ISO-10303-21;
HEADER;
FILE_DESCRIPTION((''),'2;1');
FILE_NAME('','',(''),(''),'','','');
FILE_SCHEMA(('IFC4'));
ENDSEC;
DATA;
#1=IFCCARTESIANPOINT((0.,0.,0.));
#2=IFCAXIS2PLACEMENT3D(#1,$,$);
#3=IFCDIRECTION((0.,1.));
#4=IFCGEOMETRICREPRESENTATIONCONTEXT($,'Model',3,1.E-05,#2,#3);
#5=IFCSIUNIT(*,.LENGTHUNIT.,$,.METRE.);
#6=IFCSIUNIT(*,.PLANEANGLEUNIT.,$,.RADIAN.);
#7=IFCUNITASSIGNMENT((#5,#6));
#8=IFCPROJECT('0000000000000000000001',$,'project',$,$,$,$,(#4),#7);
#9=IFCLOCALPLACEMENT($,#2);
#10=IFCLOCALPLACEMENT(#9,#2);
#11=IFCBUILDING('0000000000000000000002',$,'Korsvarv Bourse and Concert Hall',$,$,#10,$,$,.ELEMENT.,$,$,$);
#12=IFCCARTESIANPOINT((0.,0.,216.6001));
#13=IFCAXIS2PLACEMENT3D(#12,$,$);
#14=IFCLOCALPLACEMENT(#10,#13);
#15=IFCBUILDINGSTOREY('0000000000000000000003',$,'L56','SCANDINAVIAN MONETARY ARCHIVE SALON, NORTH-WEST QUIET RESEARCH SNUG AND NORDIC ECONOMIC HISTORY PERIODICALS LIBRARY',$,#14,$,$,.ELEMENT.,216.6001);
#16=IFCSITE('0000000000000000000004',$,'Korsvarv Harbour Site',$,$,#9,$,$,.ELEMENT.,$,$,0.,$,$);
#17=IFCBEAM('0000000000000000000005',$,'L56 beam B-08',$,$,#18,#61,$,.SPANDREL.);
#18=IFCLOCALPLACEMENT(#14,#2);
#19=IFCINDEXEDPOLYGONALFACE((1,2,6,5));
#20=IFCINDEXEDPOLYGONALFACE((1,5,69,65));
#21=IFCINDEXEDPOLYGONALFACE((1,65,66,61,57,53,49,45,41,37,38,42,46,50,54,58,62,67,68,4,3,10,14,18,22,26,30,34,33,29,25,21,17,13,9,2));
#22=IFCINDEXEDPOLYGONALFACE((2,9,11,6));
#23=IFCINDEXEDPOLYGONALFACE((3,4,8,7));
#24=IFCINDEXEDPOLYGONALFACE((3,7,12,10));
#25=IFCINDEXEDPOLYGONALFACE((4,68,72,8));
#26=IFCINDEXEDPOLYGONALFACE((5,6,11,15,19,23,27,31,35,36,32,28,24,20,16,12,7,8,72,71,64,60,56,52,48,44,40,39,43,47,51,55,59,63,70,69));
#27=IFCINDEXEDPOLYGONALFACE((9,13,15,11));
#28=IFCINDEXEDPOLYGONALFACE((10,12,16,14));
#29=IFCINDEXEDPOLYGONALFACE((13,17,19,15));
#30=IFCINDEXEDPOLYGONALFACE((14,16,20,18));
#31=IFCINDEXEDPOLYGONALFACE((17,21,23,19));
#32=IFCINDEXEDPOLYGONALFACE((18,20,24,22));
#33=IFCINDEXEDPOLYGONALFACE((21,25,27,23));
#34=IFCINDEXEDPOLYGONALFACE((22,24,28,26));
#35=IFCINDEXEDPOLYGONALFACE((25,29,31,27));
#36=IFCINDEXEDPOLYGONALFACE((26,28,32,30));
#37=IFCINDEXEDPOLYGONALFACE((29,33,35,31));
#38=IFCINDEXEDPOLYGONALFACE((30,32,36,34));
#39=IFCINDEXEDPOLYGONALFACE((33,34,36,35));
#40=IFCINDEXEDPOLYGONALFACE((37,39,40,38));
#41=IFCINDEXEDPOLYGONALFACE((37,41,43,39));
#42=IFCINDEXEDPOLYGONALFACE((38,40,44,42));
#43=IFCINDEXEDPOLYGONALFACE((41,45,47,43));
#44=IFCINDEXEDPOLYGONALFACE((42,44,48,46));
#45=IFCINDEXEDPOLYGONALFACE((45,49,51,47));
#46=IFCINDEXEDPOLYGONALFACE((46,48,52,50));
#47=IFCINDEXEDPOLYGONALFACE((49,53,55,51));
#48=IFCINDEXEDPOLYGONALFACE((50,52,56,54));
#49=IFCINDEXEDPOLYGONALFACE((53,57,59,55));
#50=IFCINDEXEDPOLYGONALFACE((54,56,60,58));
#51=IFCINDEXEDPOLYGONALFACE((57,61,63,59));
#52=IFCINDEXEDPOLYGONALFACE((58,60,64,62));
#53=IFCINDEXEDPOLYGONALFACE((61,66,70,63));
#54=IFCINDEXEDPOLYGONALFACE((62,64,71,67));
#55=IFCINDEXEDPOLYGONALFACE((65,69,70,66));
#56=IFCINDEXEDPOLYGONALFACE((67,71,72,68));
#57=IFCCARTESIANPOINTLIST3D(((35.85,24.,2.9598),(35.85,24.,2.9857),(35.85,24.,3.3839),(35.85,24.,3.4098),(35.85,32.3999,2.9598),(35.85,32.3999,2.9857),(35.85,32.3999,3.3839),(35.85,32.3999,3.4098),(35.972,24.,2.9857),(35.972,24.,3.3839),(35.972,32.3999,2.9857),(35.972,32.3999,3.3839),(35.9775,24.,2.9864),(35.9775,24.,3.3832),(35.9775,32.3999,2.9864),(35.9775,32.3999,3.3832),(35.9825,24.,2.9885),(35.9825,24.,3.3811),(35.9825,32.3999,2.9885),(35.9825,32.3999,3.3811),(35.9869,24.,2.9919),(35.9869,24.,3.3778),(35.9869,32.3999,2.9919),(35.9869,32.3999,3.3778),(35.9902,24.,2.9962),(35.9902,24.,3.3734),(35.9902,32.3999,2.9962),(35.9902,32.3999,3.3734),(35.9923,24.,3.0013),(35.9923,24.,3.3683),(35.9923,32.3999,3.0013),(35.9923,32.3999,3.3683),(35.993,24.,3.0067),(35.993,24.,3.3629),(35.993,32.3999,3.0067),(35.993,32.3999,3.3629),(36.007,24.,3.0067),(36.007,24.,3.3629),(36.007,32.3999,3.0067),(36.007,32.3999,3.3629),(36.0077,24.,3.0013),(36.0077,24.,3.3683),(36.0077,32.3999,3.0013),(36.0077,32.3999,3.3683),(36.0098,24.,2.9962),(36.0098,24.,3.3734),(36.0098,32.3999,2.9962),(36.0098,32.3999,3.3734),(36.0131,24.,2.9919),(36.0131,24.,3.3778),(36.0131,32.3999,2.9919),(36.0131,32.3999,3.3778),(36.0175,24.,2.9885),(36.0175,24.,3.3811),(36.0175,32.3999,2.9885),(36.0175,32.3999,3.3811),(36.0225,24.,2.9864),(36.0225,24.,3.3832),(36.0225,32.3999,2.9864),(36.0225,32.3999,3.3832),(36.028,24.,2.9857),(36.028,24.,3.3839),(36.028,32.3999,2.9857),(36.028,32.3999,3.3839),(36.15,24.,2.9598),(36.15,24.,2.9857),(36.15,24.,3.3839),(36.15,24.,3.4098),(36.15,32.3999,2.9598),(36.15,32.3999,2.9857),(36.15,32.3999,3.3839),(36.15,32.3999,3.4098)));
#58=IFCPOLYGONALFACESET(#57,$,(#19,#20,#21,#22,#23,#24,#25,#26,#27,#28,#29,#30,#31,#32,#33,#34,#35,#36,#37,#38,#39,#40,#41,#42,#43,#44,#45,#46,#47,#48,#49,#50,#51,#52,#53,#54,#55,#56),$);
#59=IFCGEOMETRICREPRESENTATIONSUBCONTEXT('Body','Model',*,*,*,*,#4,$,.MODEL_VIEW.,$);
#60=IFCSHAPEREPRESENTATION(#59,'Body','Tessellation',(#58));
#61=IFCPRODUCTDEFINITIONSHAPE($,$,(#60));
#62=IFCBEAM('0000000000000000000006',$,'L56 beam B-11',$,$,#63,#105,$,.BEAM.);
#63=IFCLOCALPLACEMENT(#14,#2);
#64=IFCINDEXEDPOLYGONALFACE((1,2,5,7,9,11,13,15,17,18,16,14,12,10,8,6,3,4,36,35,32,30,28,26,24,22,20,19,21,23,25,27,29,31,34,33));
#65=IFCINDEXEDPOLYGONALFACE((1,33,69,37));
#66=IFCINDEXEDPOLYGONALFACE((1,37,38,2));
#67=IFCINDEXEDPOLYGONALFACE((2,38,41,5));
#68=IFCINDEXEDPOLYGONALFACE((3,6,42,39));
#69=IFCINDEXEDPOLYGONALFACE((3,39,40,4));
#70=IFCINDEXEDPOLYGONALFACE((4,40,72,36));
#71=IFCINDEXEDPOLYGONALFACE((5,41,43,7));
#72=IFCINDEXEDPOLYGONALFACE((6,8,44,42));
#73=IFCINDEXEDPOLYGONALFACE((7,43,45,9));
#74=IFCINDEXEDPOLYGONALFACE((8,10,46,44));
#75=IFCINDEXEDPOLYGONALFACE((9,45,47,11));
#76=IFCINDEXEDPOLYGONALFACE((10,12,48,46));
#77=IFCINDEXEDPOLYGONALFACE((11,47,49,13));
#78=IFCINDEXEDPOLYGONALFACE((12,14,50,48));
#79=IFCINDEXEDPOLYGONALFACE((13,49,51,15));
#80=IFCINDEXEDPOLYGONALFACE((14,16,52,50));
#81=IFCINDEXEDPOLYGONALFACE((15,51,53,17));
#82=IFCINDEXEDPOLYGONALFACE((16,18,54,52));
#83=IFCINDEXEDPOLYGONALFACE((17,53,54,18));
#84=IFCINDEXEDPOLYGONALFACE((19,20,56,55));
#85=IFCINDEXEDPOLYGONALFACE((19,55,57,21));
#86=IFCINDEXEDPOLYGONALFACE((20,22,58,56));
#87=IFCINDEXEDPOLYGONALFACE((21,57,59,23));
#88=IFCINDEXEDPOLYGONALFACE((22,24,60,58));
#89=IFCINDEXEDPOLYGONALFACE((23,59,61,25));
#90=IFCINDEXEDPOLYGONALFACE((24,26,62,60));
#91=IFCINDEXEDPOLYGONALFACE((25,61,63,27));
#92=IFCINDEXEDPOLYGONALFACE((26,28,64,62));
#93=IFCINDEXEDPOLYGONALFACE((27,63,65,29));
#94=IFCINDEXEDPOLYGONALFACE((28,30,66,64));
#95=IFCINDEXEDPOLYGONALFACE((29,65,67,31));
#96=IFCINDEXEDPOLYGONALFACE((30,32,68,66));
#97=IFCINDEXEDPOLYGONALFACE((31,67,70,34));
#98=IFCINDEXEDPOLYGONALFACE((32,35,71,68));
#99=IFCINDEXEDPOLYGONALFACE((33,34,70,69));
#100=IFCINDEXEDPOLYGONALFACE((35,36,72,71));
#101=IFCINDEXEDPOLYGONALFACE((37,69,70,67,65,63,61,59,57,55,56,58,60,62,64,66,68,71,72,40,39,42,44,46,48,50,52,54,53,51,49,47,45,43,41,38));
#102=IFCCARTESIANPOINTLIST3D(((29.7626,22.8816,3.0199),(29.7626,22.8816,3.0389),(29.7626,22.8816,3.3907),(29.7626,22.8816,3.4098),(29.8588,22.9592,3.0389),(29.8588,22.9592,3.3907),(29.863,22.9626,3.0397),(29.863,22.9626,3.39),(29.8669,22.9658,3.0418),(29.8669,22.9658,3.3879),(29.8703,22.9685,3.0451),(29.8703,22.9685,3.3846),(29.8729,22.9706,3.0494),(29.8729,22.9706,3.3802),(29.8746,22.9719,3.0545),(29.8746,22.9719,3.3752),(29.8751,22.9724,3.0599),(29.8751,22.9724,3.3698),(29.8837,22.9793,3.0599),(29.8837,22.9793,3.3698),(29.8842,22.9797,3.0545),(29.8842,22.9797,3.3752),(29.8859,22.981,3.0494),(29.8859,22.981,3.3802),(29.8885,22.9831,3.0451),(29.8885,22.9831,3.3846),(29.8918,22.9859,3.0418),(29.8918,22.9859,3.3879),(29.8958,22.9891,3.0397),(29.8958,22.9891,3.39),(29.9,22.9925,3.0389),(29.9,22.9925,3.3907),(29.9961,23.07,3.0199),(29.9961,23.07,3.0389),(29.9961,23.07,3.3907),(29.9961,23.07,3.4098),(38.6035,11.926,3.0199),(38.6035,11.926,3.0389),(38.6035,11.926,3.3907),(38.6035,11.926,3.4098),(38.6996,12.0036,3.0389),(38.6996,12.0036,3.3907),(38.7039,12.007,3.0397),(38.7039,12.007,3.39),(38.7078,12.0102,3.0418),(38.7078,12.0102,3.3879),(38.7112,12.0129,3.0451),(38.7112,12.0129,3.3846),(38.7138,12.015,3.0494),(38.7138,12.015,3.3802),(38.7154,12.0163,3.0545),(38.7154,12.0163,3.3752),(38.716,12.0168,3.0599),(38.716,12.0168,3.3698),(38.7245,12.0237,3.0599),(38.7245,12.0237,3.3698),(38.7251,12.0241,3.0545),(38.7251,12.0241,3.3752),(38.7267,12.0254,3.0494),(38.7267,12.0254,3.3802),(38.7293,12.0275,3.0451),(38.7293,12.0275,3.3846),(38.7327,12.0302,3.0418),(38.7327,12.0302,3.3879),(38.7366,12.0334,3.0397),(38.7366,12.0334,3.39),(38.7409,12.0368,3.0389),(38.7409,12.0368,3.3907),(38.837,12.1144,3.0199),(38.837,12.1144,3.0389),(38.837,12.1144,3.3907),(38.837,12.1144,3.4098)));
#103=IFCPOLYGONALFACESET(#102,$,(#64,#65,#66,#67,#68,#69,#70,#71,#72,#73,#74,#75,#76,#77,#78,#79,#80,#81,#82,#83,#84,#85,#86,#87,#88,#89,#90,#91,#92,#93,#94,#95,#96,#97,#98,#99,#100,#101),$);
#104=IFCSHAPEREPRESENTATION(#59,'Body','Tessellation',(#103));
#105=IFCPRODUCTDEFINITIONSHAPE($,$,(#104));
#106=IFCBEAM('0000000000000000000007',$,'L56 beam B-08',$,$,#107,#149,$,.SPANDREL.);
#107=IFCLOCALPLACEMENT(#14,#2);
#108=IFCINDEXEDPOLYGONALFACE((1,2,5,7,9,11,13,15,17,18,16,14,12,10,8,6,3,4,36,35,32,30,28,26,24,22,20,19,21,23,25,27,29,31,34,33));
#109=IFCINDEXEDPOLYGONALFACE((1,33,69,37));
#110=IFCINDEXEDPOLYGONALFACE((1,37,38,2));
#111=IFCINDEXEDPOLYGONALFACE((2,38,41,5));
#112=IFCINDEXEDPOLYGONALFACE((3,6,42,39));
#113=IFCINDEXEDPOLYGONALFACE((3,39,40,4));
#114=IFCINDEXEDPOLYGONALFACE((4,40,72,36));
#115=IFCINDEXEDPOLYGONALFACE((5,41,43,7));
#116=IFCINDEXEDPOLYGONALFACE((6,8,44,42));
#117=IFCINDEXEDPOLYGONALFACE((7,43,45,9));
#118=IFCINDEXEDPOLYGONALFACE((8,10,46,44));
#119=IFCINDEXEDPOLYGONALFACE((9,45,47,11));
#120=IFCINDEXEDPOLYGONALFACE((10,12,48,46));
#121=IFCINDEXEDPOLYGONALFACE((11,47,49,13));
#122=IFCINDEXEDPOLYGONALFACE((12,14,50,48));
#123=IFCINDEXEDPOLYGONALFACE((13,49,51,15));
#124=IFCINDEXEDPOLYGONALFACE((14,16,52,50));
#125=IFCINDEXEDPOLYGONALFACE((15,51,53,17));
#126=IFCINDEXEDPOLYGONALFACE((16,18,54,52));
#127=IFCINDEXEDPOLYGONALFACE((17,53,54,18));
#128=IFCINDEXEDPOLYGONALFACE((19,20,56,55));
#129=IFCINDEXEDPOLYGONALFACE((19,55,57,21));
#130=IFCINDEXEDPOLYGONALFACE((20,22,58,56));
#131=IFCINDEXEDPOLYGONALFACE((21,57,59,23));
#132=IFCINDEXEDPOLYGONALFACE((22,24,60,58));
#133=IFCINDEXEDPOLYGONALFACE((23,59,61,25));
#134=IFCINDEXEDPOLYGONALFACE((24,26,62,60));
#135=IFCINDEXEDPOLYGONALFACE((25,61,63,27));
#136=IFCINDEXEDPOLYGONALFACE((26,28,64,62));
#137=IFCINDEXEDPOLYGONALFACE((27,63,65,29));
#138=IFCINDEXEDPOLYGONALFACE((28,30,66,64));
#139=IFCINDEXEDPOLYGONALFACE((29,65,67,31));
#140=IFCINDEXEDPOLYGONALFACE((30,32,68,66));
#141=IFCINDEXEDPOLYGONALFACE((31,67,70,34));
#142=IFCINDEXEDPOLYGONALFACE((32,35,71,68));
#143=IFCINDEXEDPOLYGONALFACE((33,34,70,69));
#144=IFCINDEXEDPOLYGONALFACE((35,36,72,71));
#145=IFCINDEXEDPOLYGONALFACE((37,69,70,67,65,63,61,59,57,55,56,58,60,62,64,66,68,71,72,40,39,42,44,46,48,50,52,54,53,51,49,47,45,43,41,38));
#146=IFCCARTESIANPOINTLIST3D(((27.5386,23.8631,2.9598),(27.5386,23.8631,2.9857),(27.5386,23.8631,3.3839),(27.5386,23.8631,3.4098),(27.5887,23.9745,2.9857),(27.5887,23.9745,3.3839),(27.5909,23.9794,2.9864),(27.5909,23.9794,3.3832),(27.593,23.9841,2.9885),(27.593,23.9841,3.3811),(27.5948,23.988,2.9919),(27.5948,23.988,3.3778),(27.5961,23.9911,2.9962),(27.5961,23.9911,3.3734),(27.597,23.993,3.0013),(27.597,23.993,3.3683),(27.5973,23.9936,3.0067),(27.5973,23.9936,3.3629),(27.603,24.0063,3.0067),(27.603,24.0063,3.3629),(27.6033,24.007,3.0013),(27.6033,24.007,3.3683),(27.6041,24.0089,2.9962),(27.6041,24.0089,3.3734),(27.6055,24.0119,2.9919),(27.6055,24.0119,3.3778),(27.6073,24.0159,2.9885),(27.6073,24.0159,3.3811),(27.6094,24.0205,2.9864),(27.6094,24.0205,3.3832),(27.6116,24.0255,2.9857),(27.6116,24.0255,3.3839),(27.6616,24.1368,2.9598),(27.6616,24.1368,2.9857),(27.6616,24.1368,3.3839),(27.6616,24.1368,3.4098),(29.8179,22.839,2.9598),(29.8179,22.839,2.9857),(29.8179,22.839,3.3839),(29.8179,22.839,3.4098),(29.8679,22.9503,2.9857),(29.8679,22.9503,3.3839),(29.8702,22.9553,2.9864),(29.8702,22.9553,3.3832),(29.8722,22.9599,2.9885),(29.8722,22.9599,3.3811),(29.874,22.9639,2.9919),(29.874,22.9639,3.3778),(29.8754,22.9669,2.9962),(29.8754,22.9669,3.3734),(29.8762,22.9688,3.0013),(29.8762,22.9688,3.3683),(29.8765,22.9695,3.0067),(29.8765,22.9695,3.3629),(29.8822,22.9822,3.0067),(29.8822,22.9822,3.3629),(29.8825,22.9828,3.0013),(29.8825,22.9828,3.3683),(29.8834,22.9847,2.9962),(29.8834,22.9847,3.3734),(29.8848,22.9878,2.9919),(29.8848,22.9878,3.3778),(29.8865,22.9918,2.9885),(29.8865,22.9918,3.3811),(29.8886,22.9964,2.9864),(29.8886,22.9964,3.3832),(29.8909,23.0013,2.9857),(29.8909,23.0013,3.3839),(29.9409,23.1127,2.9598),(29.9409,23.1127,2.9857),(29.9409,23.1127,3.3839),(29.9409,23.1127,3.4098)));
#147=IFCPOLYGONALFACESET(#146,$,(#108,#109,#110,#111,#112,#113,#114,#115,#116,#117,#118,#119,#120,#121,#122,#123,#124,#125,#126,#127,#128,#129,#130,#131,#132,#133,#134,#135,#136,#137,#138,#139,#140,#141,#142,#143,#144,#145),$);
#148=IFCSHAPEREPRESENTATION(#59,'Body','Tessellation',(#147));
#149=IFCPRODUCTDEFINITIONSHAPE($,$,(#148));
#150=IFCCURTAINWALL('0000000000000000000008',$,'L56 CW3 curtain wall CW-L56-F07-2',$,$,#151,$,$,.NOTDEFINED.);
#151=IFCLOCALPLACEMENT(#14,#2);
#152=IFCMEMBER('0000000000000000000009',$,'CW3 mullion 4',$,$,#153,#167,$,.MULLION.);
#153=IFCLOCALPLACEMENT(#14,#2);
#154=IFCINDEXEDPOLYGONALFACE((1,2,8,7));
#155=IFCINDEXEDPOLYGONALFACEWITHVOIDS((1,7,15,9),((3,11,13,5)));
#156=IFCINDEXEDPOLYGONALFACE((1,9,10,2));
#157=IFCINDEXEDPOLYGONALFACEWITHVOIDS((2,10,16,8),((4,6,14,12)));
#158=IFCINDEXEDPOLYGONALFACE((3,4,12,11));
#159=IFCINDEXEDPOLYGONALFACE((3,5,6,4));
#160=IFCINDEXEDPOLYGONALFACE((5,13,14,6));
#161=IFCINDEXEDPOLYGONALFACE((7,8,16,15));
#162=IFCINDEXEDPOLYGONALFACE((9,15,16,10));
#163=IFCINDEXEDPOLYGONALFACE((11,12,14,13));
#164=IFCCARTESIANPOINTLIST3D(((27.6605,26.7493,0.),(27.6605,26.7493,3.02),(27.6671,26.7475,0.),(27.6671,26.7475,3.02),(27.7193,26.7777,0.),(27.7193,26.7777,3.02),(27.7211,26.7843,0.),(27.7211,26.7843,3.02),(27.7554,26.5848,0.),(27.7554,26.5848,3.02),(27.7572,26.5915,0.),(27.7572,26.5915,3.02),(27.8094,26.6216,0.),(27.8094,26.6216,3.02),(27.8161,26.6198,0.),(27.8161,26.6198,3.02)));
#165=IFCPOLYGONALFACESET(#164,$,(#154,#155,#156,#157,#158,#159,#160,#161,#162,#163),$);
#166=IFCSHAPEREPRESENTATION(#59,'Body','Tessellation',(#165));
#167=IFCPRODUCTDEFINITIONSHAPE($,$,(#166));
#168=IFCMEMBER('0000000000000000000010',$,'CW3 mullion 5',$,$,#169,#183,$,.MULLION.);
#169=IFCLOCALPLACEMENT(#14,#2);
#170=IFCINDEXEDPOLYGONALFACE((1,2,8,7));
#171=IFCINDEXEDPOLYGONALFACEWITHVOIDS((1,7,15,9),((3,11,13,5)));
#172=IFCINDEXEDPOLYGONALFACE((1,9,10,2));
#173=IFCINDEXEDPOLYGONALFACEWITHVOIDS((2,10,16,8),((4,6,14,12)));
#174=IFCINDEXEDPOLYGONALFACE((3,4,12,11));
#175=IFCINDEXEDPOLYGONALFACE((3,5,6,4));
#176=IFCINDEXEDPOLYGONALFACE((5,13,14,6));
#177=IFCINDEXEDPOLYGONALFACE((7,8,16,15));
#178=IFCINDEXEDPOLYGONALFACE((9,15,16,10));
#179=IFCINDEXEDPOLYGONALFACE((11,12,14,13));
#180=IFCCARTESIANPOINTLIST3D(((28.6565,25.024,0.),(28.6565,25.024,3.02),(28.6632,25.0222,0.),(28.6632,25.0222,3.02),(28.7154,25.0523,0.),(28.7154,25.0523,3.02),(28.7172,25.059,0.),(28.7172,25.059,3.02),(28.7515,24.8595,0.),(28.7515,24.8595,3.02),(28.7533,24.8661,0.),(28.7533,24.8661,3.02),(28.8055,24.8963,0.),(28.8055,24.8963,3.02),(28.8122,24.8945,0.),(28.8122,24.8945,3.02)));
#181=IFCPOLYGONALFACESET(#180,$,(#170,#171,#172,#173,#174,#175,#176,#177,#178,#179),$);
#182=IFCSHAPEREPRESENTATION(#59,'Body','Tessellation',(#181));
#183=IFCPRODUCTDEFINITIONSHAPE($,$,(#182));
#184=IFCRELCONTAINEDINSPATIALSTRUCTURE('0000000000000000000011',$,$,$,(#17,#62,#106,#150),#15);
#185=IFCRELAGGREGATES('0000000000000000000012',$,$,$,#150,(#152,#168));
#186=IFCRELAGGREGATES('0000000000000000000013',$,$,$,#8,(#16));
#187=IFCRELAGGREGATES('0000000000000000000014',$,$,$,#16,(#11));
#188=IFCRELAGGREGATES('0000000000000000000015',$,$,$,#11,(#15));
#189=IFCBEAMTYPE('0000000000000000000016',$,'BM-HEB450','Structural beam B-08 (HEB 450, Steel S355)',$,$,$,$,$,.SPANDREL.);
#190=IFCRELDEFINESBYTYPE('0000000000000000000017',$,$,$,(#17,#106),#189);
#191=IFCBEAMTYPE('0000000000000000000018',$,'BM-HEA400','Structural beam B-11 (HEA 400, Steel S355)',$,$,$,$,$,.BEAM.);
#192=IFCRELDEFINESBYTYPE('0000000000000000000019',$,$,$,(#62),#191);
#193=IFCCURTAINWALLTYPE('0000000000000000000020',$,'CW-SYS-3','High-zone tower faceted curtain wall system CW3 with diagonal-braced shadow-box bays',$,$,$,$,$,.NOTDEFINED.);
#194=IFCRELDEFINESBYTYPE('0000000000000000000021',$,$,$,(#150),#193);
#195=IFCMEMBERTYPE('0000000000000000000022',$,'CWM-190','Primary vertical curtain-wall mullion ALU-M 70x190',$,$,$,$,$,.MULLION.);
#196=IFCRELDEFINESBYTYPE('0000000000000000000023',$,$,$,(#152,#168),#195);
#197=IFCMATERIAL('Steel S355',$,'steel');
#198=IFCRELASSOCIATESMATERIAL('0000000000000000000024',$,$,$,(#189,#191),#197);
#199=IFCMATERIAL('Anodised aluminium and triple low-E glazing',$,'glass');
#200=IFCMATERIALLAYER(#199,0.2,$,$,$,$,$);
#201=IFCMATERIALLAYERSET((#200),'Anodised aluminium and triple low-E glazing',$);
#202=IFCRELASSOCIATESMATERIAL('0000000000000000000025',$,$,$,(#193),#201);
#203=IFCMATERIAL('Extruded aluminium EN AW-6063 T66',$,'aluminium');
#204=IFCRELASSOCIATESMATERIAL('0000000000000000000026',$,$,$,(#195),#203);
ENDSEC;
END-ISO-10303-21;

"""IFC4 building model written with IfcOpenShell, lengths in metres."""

from ifc_helpers import new_model, si_unit, direction, frame, origin, origin_2d, place, context, subcontext, project, spatial, hollow_rectangle, i_section, extrude, source, transform, mapped, material, layer, layer_set, material_profile, profile_set, type_object, element, aggregate, save


model = new_model("IFC4")

# Units and contexts
model_context = context("Model", 3, precision=1e-05, world=origin(), true_north=direction((0.0, 1.0)))
body_context = subcontext(model_context, "Body", "Model", "MODEL_VIEW")
ifc_project = project(units=[si_unit("LENGTHUNIT", "METRE"), si_unit("PLANEANGLEUNIT", "RADIAN")], contexts=[model_context])

# Site, building, storey
site_placement = place(None, origin())
site = spatial("IfcSite", under=ifc_project, at=site_placement, Name="Korsvarv Harbour Site", CompositionType="ELEMENT", RefElevation=0.0)
building_placement = place(site_placement, origin())
building = spatial("IfcBuilding", under=site, at=building_placement, Name="Korsvarv Bourse and Concert Hall", CompositionType="ELEMENT")
storey_placement = place(building_placement, frame((0.0, 0.0, 216.6001)))
storey = spatial("IfcBuildingStorey", under=building, at=storey_placement, Name="L56", Description="SCANDINAVIAN MONETARY ARCHIVE SALON, NORTH-WEST QUIET RESEARCH SNUG AND NORDIC ECONOMIC HISTORY PERIODICALS LIBRARY", CompositionType="ELEMENT", Elevation=216.6001)

# Shared definitions
ifc_material_1 = material(Name="Steel S355", Category="steel")

# Beams
ifc_material_profile_1 = material_profile(ifc_material_1, i_section(OverallWidth=0.3, OverallDepth=0.45, WebThickness=0.0139, FlangeThickness=0.0259, FilletRadius=0.021, at=origin_2d()), Name="HEB 450")
ifc_profile_set_1 = profile_set([ifc_material_profile_1], Name="Steel S355")
beam_type_1 = type_object("IfcBeamType", Name="BM-HEB450", Description="Structural beam B-08 (HEB 450, Steel S355)", PredefinedType="SPANDREL", material=ifc_profile_set_1)
shared_shape_1 = source(origin(), body_context, "Body", "SweptSolid", [
    extrude(i_section(OverallWidth=0.3, OverallDepth=0.45, WebThickness=0.0139, FlangeThickness=0.0259, FilletRadius=0.021, at=origin_2d()), origin(), (0.0, 0.0, 1.0), 8.3999),
])
for number, where, z_axis, x_axis, name in (
    (1, (36.0, 24.0, 3.1848), (0.0, 1.0, 0.0), (-1.0, 0.0, 0.0), "L56 beam B-08"),
):
    element("IfcBeam", number, at=place(storey_placement, frame(where, z_axis=z_axis, x_axis=x_axis)), inside=storey, type_object=beam_type_1, Name=name, PredefinedType="SPANDREL", context=body_context, shape_type="MappedRepresentation", body=[
        mapped(shared_shape_1, transform((0.0, 0.0, 0.0), scale=1.0)),
    ])
ifc_material_profile_2 = material_profile(ifc_material_1, i_section(OverallWidth=0.3, OverallDepth=0.3899, WebThickness=0.011, FlangeThickness=0.019, FilletRadius=0.021, at=origin_2d()), Name="HEA 400")
ifc_profile_set_2 = profile_set([ifc_material_profile_2], Name="Steel S355")
beam_type_2 = type_object("IfcBeamType", Name="BM-HEA400", Description="Structural beam B-11 (HEA 400, Steel S355)", PredefinedType="BEAM", material=ifc_profile_set_2)
shared_shape_2 = source(origin(), body_context, "Body", "SweptSolid", [
    extrude(i_section(OverallWidth=0.3, OverallDepth=0.3899, WebThickness=0.011, FlangeThickness=0.019, FilletRadius=0.021, at=origin_2d()), origin(), (0.0, 0.0, 1.0), 14.0779),
])
beam_1_placement = place(storey_placement, frame((29.8794, 22.9758, 3.2148), z_axis=(0.627997, -0.778216, 0.0), x_axis=(0.778216, 0.627997, 0.0)))
element("IfcBeam", 2, at=beam_1_placement, inside=storey, type_object=beam_type_2, Name="L56 beam B-11", PredefinedType="BEAM", context=body_context, shape_type="MappedRepresentation", body=[
    mapped(shared_shape_2, transform((0.0, 0.0, 0.0), scale=1.0)),
])
shared_shape_3 = source(origin(), body_context, "Body", "SweptSolid", [
    extrude(i_section(OverallWidth=0.3, OverallDepth=0.45, WebThickness=0.0139, FlangeThickness=0.0259, FilletRadius=0.021, at=origin_2d()), origin(), (0.0, 0.0, 1.0), 2.4988),
])
beam_2_placement = place(storey_placement, frame((29.8794, 22.9758, 3.1848), z_axis=(-0.912148, 0.409861, 0.0), x_axis=(-0.409861, -0.912148, 0.0)))
element("IfcBeam", 3, at=beam_2_placement, inside=storey, type_object=beam_type_1, Name="L56 beam B-08", PredefinedType="SPANDREL", context=body_context, shape_type="MappedRepresentation", body=[
    mapped(shared_shape_3, transform((0.0, 0.0, 0.0), scale=1.0)),
])

# Curtain wall, members
ifc_material_2 = material(Name="Anodised aluminium and triple low-E glazing", Category="glass")
ifc_layer_1 = layer(ifc_material_2, 0.2)
ifc_layer_set_1 = layer_set([ifc_layer_1], Name="Anodised aluminium and triple low-E glazing")
curtain_wall_type = type_object("IfcCurtainWallType", Name="CW-SYS-3", Description="High-zone tower faceted curtain wall system CW3 with diagonal-braced shadow-box bays", PredefinedType="NOTDEFINED", material=ifc_layer_set_1)
curtain_wall_placement = place(storey_placement, origin())
curtain_wall = element("IfcCurtainWall", 4, at=curtain_wall_placement, inside=storey, type_object=curtain_wall_type, Name="L56 CW3 curtain wall CW-L56-F07-2", PredefinedType="NOTDEFINED")
ifc_material_3 = material(Name="Extruded aluminium EN AW-6063 T66", Category="aluminium")
ifc_material_profile_3 = material_profile(ifc_material_3, hollow_rectangle(XDim=0.0701, YDim=0.1899, WallThickness=0.0049, at=origin_2d()), Name="ALU-M 70x190")
ifc_profile_set_3 = profile_set([ifc_material_profile_3], Name="Extruded aluminium EN AW-6063 T66")
member_type_1 = type_object("IfcMemberType", Name="CWM-190", Description="Primary vertical curtain-wall mullion ALU-M 70x190", PredefinedType="MULLION", material=ifc_profile_set_3)
shared_shape_4 = source(origin(), body_context, "Body", "SweptSolid", [
    extrude(hollow_rectangle(XDim=0.0701, YDim=0.1899, WallThickness=0.0049, at=origin_2d()), origin(), (0.0, 0.0, 1.0), 3.02),
])
member_1_placement = place(storey_placement, frame((27.7383, 26.6846, 0.0), z_axis=(0.0, 0.0, 1.0), x_axis=(0.866028, 0.499996, 0.0)))
member_1 = element("IfcMember", 5, at=member_1_placement, type_object=member_type_1, Name="CW3 mullion 4", PredefinedType="MULLION", context=body_context, shape_type="MappedRepresentation", body=[
    mapped(shared_shape_4, transform((0.0, 0.0, 0.0), scale=1.0)),
])
member_2_placement = place(storey_placement, frame((28.7344, 24.9592, 0.0), z_axis=(0.0, 0.0, 1.0), x_axis=(0.866028, 0.499996, 0.0)))
member_2 = element("IfcMember", 6, at=member_2_placement, type_object=member_type_1, Name="CW3 mullion 5", PredefinedType="MULLION", context=body_context, shape_type="MappedRepresentation", body=[
    mapped(shared_shape_4, transform((0.0, 0.0, 0.0), scale=1.0)),
])
aggregate(curtain_wall, [member_1, member_2])

save(model, "model.ifc")
